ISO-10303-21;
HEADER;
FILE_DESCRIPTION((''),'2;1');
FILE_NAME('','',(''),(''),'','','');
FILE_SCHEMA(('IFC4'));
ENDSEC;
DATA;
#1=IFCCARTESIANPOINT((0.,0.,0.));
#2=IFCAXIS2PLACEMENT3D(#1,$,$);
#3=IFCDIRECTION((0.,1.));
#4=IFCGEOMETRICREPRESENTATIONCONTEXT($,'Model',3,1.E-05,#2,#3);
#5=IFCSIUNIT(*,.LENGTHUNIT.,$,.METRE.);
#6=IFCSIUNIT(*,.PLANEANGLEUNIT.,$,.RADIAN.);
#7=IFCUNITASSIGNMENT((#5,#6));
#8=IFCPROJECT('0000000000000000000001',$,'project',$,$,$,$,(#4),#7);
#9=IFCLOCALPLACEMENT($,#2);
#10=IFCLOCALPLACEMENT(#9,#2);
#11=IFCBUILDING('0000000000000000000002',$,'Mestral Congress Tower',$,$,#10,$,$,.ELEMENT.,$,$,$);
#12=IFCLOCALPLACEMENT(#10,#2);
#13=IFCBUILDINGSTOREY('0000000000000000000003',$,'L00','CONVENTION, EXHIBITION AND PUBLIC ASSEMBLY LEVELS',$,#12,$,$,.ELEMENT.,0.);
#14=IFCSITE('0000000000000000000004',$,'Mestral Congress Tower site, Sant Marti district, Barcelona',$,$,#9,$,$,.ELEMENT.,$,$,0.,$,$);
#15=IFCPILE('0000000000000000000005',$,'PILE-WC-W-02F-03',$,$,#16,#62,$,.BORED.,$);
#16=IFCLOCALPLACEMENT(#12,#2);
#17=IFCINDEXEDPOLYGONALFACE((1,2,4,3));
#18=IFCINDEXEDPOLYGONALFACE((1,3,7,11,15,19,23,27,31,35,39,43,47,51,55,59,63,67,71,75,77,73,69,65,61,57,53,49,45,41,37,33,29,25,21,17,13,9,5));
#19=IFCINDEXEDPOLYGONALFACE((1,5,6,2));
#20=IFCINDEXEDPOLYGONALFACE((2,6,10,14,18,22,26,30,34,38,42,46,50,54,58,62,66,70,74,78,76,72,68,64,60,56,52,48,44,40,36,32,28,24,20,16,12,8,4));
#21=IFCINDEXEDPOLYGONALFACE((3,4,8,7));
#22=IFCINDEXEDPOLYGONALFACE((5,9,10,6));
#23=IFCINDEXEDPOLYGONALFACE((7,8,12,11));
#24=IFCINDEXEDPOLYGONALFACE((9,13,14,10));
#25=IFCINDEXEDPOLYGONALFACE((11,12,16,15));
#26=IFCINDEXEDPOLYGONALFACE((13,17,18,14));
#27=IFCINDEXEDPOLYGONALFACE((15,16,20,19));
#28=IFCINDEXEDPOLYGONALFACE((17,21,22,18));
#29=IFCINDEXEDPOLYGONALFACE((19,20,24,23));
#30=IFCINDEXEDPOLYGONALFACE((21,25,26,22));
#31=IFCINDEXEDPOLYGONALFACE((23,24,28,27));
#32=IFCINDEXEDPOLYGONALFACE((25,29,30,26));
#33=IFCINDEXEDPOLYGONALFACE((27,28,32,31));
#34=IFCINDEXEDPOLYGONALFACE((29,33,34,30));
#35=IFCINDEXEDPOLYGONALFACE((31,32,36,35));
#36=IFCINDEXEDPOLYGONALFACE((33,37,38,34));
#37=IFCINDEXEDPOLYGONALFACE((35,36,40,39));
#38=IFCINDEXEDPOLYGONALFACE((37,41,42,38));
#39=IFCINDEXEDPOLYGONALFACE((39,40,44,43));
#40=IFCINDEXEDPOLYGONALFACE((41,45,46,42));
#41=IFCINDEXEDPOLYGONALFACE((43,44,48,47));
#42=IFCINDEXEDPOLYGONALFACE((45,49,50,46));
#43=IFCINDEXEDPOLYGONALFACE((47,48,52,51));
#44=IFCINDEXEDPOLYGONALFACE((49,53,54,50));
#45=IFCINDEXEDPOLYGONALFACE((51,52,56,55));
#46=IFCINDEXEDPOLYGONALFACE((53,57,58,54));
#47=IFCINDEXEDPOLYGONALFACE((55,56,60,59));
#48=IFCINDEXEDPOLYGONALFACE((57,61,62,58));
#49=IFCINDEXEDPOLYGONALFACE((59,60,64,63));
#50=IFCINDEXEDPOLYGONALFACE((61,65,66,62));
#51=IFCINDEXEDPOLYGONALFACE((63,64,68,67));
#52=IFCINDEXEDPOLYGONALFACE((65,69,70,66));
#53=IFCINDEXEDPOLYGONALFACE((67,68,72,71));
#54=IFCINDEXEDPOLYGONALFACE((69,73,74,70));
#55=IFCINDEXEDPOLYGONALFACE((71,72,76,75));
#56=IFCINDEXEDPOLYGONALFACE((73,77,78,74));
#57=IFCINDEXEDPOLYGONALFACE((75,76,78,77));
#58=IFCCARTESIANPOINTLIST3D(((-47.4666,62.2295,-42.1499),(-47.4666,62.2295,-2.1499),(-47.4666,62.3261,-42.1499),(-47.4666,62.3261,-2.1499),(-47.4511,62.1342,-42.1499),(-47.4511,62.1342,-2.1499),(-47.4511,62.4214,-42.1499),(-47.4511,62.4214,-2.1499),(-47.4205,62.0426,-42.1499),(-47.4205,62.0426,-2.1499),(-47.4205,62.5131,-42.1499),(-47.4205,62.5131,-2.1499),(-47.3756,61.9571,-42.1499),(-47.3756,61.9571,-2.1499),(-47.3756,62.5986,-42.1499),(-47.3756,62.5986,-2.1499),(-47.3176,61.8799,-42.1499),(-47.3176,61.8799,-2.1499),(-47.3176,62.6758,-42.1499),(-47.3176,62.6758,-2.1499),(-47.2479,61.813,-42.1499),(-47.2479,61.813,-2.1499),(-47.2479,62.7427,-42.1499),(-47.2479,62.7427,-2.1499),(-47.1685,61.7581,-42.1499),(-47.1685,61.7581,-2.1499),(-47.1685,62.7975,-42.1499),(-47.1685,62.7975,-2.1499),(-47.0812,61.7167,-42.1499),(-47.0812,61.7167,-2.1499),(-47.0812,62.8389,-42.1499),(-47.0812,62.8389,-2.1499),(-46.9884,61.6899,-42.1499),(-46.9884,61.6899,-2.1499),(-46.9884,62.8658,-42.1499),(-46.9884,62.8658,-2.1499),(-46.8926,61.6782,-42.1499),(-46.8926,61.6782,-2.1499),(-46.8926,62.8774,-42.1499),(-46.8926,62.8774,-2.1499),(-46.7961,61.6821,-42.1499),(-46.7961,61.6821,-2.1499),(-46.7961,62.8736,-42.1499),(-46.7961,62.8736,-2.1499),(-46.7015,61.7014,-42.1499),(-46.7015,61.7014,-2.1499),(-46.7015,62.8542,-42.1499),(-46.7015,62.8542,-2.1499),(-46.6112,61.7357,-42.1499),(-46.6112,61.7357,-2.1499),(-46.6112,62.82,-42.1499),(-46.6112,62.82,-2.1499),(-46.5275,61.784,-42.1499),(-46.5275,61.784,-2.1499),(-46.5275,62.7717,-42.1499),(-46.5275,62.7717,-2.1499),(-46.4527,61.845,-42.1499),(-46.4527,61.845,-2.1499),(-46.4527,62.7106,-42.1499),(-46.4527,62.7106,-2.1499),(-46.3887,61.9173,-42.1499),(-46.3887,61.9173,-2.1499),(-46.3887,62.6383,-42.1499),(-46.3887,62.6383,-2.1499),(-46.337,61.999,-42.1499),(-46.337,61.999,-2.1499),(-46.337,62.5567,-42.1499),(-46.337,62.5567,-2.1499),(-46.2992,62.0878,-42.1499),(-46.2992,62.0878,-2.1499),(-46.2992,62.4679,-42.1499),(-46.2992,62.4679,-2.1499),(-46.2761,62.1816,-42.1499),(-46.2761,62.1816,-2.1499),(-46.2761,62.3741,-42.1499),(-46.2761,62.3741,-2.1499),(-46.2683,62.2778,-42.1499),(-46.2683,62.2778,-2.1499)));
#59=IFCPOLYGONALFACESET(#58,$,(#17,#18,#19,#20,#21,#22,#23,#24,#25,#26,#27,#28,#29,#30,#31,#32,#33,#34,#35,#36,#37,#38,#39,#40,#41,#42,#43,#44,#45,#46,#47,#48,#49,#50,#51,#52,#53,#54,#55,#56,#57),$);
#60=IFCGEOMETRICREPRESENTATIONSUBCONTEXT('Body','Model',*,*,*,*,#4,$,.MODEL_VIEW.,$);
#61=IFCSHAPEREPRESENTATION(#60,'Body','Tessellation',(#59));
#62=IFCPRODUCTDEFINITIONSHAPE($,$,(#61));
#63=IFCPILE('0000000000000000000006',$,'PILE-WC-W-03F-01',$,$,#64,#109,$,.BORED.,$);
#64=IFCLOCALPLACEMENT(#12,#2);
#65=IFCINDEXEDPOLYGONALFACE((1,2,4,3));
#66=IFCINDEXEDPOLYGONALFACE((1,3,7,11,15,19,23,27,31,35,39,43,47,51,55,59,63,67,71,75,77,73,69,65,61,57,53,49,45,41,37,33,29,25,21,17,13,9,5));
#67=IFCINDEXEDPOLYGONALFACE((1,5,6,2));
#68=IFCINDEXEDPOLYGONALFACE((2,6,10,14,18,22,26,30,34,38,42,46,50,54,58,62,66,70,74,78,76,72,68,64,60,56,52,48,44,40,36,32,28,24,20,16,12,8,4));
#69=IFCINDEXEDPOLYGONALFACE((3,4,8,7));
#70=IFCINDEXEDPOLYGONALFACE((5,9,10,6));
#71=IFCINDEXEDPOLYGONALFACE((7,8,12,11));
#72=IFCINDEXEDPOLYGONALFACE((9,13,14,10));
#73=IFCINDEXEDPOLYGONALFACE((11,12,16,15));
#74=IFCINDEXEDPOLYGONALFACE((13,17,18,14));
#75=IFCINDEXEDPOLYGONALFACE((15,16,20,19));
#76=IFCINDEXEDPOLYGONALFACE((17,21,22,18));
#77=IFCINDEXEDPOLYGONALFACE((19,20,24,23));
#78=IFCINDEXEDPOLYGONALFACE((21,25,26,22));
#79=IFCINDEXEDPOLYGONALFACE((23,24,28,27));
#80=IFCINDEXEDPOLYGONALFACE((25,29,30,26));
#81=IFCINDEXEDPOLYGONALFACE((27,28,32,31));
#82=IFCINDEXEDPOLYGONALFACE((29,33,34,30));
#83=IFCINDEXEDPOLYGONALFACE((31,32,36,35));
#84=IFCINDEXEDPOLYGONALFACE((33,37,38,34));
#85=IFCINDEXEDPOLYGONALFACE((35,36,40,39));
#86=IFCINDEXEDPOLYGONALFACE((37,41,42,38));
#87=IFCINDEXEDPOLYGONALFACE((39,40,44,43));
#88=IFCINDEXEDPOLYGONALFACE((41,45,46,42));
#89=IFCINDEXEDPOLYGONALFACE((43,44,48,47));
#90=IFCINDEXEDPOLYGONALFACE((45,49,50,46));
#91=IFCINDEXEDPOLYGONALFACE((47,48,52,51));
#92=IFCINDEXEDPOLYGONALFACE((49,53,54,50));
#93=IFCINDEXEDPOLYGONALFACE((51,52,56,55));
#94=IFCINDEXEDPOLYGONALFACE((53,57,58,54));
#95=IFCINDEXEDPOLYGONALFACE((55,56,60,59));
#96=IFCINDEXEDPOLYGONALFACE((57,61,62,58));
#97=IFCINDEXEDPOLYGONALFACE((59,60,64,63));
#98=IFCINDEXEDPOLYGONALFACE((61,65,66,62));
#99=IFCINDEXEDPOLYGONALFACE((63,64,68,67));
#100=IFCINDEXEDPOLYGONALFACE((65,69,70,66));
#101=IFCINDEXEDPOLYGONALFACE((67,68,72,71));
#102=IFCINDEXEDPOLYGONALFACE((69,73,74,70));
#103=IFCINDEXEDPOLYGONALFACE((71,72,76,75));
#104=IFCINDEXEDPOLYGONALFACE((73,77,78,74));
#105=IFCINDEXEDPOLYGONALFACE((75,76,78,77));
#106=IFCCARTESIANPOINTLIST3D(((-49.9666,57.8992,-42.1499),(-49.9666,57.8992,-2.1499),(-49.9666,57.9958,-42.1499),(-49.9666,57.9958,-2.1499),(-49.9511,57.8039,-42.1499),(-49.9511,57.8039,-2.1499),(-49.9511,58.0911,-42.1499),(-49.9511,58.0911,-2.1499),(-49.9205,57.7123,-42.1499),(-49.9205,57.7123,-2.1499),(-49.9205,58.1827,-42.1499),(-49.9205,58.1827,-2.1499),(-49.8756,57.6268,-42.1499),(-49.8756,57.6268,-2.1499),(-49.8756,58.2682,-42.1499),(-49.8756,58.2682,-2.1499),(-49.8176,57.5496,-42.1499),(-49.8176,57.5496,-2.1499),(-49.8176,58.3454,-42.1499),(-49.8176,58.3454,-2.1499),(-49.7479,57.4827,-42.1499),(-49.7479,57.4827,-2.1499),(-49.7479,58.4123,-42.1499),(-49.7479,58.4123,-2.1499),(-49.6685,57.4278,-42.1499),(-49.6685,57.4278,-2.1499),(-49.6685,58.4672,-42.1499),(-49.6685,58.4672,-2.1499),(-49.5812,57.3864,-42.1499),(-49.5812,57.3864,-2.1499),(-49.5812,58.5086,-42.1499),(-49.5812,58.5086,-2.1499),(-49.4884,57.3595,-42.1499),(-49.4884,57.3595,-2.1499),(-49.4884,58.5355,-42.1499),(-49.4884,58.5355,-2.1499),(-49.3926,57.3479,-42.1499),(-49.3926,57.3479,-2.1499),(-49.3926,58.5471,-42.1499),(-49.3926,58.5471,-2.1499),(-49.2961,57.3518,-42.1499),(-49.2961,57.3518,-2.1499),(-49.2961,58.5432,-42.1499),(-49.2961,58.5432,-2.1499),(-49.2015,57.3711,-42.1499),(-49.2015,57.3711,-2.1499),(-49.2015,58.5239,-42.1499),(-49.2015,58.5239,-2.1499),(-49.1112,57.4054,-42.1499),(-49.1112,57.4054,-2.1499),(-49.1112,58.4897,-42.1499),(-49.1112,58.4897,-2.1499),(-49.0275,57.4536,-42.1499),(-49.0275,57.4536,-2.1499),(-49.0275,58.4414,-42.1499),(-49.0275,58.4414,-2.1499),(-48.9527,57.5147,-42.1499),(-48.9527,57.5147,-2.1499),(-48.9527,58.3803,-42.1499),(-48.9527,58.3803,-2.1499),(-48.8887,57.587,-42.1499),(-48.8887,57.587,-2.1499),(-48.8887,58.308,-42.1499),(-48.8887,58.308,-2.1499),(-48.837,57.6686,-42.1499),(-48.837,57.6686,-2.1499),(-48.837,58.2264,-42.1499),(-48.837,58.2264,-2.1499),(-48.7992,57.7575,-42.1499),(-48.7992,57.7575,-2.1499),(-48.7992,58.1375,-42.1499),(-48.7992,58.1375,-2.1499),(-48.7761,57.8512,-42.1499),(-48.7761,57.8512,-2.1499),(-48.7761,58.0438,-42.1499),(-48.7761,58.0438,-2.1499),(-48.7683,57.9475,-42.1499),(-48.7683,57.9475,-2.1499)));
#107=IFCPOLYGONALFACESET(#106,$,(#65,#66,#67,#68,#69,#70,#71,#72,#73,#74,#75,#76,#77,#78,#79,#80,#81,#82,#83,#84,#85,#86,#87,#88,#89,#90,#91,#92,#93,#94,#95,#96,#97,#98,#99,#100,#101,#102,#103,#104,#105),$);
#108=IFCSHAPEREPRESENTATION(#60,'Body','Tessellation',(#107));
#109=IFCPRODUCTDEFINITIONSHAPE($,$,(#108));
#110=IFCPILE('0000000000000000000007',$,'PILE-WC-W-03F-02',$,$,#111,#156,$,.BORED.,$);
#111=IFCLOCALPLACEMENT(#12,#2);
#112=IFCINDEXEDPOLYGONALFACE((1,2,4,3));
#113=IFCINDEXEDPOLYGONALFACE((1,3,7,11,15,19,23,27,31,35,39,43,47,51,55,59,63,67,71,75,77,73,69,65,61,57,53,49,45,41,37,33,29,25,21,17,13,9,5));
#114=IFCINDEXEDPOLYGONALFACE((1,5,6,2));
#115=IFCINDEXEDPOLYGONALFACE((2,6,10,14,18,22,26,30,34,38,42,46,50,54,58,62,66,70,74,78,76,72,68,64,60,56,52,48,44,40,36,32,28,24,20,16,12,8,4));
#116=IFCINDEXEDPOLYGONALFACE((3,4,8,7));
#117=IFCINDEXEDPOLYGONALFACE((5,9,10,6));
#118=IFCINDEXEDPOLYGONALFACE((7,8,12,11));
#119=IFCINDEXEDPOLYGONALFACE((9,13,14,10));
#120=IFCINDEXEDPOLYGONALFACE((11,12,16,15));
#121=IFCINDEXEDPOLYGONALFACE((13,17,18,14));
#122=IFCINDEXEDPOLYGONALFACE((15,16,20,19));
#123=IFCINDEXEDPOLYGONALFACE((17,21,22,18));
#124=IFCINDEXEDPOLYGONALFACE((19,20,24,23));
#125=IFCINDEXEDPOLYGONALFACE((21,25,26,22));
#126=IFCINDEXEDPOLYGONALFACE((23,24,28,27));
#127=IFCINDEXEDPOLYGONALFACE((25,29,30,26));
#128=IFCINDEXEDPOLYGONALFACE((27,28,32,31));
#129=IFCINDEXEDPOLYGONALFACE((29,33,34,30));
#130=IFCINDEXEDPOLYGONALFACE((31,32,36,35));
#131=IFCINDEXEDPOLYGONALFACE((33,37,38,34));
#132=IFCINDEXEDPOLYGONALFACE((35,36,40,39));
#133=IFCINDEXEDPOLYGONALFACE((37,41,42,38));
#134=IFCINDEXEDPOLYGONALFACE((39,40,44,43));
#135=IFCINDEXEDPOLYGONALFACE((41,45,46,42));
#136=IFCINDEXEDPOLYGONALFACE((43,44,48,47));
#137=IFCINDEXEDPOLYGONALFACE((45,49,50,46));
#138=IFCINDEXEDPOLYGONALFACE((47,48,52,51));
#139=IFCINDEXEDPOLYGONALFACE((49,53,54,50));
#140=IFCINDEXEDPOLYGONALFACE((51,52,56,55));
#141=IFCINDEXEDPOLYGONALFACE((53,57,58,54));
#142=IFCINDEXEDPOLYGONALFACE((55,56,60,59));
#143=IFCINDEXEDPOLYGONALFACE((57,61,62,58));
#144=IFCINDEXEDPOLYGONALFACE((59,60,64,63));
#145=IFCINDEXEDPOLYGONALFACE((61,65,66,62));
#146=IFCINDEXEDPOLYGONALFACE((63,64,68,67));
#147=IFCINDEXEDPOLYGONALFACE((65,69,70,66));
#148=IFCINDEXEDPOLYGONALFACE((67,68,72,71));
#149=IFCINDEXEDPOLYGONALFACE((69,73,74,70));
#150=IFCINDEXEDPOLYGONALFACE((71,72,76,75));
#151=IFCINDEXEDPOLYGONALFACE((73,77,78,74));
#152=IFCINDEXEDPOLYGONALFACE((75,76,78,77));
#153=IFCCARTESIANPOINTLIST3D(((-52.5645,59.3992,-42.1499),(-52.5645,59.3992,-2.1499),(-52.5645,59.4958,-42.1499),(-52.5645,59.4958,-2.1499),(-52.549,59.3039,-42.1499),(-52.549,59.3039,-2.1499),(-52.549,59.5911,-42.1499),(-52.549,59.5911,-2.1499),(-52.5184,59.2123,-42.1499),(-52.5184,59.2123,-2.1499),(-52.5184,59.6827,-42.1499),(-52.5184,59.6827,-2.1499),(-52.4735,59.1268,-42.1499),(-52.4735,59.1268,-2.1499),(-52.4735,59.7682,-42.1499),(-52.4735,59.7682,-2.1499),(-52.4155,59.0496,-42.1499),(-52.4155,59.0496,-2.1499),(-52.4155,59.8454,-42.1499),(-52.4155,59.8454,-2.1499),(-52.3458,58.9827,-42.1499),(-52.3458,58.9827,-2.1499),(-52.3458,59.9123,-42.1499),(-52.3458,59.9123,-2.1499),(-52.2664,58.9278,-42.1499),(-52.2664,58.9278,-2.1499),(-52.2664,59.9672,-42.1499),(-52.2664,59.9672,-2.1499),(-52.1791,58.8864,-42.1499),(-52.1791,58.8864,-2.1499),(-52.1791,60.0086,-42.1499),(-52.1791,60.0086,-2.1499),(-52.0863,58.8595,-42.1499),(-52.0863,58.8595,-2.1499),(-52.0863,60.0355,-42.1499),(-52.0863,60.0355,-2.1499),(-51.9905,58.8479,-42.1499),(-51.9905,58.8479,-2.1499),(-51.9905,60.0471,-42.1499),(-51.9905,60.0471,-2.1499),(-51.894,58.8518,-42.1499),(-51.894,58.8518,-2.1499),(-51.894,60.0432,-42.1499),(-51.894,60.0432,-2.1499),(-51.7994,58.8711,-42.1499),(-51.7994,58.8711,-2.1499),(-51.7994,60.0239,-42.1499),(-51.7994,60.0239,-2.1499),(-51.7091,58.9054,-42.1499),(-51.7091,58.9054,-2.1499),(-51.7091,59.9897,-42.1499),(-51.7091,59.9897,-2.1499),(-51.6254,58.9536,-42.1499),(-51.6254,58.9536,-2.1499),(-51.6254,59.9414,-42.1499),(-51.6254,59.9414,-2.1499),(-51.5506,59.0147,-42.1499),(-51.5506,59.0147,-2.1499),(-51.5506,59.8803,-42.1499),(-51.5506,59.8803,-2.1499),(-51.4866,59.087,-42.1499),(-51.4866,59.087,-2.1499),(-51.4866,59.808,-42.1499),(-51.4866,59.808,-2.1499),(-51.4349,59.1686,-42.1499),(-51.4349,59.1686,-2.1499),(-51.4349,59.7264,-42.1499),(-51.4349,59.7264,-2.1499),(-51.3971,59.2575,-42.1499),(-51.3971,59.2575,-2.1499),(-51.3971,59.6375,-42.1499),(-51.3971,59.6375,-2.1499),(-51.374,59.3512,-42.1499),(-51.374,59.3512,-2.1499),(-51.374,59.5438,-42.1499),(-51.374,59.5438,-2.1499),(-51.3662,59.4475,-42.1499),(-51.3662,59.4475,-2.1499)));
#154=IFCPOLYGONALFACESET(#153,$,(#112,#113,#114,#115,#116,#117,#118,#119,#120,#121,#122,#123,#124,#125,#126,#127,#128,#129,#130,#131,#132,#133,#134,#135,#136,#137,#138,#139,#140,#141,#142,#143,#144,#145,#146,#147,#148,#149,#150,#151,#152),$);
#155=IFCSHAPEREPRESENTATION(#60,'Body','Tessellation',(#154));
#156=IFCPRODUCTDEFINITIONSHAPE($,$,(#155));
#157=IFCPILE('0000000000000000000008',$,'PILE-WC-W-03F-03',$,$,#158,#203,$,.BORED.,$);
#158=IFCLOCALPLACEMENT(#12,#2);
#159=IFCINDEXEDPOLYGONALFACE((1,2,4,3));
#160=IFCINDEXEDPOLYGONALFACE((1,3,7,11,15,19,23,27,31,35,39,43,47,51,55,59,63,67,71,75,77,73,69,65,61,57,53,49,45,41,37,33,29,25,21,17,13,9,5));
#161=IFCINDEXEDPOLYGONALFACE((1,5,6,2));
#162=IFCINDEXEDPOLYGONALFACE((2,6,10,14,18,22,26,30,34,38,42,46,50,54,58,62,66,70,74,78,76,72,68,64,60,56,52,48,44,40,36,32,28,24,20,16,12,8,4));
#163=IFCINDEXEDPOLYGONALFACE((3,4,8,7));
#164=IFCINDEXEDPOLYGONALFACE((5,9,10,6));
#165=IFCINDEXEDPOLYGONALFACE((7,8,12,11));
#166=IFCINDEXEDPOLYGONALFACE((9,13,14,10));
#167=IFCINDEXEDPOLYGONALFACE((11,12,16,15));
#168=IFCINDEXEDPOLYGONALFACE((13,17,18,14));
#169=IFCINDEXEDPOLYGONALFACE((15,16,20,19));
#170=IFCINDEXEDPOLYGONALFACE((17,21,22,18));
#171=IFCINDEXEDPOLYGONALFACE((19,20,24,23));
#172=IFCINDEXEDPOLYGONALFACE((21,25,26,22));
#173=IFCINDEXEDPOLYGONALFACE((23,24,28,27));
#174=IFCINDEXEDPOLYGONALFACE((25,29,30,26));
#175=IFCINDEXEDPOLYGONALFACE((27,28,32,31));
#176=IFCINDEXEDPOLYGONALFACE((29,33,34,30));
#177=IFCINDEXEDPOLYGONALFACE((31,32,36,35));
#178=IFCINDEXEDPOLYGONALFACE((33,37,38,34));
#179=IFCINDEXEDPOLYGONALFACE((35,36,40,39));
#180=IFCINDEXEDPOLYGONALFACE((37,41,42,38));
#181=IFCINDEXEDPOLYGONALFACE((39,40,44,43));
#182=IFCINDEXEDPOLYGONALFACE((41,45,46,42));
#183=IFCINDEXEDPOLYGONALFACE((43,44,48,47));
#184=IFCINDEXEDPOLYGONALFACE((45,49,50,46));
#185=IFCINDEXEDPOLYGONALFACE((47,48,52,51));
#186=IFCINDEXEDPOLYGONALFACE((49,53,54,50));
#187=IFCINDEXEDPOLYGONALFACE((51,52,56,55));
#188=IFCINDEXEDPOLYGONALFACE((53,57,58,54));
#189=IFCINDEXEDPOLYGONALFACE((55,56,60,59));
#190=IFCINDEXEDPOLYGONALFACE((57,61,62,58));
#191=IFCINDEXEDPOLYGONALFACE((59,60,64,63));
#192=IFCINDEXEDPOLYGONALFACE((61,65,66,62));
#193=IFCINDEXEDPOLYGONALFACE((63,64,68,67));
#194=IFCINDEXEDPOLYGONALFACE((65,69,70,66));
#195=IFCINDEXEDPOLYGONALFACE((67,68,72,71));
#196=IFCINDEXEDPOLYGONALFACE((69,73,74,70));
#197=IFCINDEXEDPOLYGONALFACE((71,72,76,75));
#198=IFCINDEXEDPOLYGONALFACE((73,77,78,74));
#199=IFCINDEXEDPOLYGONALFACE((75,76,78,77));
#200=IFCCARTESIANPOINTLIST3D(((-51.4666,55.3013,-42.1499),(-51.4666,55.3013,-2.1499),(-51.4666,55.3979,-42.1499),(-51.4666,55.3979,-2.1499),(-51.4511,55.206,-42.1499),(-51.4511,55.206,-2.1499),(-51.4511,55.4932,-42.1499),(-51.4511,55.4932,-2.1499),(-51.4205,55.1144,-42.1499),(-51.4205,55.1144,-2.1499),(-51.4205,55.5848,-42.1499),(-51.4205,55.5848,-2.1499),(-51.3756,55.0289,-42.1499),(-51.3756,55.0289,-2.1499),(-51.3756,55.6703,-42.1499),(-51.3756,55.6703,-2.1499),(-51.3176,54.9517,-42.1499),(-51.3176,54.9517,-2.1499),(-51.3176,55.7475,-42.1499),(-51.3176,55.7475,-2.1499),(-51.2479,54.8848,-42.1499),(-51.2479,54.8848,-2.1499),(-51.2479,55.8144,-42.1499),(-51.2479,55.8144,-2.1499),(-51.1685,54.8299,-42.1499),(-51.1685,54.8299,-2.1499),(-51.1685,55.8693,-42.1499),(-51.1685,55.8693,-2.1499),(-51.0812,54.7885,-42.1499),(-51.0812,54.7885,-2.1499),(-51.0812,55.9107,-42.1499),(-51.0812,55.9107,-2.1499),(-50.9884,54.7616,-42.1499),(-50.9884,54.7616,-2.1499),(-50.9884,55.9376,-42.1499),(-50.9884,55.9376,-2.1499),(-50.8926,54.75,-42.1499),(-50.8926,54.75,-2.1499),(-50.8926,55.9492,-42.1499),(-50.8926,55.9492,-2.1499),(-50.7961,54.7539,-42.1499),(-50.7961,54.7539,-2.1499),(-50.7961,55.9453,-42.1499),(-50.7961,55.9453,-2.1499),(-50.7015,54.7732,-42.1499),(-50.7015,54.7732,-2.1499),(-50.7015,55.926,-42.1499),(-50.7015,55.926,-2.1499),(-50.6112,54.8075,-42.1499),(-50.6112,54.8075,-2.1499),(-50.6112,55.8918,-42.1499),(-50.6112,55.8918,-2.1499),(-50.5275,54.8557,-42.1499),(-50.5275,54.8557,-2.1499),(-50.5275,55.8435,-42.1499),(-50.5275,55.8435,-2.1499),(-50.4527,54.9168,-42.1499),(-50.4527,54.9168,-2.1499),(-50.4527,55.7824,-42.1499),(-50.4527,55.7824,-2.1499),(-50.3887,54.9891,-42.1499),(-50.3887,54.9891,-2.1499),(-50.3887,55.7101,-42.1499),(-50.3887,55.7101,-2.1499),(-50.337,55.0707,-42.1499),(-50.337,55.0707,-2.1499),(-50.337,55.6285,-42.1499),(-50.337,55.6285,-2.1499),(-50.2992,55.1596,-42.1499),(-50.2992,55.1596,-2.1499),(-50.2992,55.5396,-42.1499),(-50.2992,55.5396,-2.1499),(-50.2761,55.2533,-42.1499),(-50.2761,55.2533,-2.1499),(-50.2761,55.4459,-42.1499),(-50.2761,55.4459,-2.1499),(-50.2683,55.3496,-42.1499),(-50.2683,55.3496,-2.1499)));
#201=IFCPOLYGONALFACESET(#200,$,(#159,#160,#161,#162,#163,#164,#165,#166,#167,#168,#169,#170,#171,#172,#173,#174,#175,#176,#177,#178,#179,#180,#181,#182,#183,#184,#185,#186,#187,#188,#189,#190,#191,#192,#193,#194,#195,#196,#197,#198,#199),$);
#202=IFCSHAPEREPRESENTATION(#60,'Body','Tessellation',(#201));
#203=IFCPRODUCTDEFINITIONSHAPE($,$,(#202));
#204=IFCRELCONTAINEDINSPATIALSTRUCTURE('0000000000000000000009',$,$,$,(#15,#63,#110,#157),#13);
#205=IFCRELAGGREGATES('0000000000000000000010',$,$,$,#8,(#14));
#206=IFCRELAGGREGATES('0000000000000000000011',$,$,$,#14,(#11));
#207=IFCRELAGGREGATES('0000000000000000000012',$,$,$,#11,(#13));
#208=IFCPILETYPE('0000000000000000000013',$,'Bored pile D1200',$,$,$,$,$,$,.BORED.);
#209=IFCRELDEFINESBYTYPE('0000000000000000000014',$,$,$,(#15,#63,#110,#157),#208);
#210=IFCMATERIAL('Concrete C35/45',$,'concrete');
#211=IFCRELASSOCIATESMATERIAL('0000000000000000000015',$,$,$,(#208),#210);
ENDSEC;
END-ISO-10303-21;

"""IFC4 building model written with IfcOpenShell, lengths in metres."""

from ifc_helpers import new_model, si_unit, direction, frame, origin, origin_2d, place, context, subcontext, project, spatial, circle, extrude, material, material_profile, profile_set, type_object, element, save


model = new_model("IFC4")

# Units and contexts
model_context = context("Model", 3, precision=1e-05, world=origin(), true_north=direction((0.0, 1.0)))
body_context = subcontext(model_context, "Body", "Model", "MODEL_VIEW")
ifc_project = project(units=[si_unit("LENGTHUNIT", "METRE"), si_unit("PLANEANGLEUNIT", "RADIAN")], contexts=[model_context])

# Site, building, storey
site_placement = place(None, origin())
site = spatial("IfcSite", under=ifc_project, at=site_placement, Name="Mestral Congress Tower site, Sant Marti district, Barcelona", CompositionType="ELEMENT", RefElevation=0.0)
building_placement = place(site_placement, origin())
building = spatial("IfcBuilding", under=site, at=building_placement, Name="Mestral Congress Tower", CompositionType="ELEMENT")
storey_placement = place(building_placement, origin())
storey = spatial("IfcBuildingStorey", under=building, at=storey_placement, Name="L00", Description="CONVENTION, EXHIBITION AND PUBLIC ASSEMBLY LEVELS", CompositionType="ELEMENT", Elevation=0.0)

# Piles
ifc_material_1 = material(Name="Concrete C35/45", Category="concrete")
ifc_material_profile_1 = material_profile(ifc_material_1, circle(Radius=0.6001, at=origin_2d()), Name="D1200")
ifc_profile_set_1 = profile_set([ifc_material_profile_1], Name="Concrete C35/45")
pile_type = type_object("IfcPileType", Name="Bored pile D1200", PredefinedType="BORED", material=ifc_profile_set_1)
for number, where, z_axis, x_axis, name in (
    (1, (-46.8684, 62.2778, -2.1499), (0.0, 0.0, -1.0), (1.0, 0.0, 0.0), "PILE-WC-W-02F-03"),
    (2, (-49.3684, 57.9475, -2.1499), (0.0, 0.0, -1.0), (1.0, 0.0, 0.0), "PILE-WC-W-03F-01"),
    (3, (-51.9663, 59.4475, -2.1499), (0.0, 0.0, -1.0), (1.0, 0.0, 0.0), "PILE-WC-W-03F-02"),
    (4, (-50.8684, 55.3496, -2.1499), (0.0, 0.0, -1.0), (1.0, 0.0, 0.0), "PILE-WC-W-03F-03"),
):
    element("IfcPile", number, at=place(storey_placement, frame(where, z_axis=z_axis, x_axis=x_axis)), inside=storey, type_object=pile_type, Name=name, PredefinedType="BORED", context=body_context, shape_type="SweptSolid", body=[
        extrude(circle(Radius=0.6001, at=origin_2d()), origin(), (0.0, 0.0, 1.0), 40.0),
    ])

save(model, "model.ifc")
